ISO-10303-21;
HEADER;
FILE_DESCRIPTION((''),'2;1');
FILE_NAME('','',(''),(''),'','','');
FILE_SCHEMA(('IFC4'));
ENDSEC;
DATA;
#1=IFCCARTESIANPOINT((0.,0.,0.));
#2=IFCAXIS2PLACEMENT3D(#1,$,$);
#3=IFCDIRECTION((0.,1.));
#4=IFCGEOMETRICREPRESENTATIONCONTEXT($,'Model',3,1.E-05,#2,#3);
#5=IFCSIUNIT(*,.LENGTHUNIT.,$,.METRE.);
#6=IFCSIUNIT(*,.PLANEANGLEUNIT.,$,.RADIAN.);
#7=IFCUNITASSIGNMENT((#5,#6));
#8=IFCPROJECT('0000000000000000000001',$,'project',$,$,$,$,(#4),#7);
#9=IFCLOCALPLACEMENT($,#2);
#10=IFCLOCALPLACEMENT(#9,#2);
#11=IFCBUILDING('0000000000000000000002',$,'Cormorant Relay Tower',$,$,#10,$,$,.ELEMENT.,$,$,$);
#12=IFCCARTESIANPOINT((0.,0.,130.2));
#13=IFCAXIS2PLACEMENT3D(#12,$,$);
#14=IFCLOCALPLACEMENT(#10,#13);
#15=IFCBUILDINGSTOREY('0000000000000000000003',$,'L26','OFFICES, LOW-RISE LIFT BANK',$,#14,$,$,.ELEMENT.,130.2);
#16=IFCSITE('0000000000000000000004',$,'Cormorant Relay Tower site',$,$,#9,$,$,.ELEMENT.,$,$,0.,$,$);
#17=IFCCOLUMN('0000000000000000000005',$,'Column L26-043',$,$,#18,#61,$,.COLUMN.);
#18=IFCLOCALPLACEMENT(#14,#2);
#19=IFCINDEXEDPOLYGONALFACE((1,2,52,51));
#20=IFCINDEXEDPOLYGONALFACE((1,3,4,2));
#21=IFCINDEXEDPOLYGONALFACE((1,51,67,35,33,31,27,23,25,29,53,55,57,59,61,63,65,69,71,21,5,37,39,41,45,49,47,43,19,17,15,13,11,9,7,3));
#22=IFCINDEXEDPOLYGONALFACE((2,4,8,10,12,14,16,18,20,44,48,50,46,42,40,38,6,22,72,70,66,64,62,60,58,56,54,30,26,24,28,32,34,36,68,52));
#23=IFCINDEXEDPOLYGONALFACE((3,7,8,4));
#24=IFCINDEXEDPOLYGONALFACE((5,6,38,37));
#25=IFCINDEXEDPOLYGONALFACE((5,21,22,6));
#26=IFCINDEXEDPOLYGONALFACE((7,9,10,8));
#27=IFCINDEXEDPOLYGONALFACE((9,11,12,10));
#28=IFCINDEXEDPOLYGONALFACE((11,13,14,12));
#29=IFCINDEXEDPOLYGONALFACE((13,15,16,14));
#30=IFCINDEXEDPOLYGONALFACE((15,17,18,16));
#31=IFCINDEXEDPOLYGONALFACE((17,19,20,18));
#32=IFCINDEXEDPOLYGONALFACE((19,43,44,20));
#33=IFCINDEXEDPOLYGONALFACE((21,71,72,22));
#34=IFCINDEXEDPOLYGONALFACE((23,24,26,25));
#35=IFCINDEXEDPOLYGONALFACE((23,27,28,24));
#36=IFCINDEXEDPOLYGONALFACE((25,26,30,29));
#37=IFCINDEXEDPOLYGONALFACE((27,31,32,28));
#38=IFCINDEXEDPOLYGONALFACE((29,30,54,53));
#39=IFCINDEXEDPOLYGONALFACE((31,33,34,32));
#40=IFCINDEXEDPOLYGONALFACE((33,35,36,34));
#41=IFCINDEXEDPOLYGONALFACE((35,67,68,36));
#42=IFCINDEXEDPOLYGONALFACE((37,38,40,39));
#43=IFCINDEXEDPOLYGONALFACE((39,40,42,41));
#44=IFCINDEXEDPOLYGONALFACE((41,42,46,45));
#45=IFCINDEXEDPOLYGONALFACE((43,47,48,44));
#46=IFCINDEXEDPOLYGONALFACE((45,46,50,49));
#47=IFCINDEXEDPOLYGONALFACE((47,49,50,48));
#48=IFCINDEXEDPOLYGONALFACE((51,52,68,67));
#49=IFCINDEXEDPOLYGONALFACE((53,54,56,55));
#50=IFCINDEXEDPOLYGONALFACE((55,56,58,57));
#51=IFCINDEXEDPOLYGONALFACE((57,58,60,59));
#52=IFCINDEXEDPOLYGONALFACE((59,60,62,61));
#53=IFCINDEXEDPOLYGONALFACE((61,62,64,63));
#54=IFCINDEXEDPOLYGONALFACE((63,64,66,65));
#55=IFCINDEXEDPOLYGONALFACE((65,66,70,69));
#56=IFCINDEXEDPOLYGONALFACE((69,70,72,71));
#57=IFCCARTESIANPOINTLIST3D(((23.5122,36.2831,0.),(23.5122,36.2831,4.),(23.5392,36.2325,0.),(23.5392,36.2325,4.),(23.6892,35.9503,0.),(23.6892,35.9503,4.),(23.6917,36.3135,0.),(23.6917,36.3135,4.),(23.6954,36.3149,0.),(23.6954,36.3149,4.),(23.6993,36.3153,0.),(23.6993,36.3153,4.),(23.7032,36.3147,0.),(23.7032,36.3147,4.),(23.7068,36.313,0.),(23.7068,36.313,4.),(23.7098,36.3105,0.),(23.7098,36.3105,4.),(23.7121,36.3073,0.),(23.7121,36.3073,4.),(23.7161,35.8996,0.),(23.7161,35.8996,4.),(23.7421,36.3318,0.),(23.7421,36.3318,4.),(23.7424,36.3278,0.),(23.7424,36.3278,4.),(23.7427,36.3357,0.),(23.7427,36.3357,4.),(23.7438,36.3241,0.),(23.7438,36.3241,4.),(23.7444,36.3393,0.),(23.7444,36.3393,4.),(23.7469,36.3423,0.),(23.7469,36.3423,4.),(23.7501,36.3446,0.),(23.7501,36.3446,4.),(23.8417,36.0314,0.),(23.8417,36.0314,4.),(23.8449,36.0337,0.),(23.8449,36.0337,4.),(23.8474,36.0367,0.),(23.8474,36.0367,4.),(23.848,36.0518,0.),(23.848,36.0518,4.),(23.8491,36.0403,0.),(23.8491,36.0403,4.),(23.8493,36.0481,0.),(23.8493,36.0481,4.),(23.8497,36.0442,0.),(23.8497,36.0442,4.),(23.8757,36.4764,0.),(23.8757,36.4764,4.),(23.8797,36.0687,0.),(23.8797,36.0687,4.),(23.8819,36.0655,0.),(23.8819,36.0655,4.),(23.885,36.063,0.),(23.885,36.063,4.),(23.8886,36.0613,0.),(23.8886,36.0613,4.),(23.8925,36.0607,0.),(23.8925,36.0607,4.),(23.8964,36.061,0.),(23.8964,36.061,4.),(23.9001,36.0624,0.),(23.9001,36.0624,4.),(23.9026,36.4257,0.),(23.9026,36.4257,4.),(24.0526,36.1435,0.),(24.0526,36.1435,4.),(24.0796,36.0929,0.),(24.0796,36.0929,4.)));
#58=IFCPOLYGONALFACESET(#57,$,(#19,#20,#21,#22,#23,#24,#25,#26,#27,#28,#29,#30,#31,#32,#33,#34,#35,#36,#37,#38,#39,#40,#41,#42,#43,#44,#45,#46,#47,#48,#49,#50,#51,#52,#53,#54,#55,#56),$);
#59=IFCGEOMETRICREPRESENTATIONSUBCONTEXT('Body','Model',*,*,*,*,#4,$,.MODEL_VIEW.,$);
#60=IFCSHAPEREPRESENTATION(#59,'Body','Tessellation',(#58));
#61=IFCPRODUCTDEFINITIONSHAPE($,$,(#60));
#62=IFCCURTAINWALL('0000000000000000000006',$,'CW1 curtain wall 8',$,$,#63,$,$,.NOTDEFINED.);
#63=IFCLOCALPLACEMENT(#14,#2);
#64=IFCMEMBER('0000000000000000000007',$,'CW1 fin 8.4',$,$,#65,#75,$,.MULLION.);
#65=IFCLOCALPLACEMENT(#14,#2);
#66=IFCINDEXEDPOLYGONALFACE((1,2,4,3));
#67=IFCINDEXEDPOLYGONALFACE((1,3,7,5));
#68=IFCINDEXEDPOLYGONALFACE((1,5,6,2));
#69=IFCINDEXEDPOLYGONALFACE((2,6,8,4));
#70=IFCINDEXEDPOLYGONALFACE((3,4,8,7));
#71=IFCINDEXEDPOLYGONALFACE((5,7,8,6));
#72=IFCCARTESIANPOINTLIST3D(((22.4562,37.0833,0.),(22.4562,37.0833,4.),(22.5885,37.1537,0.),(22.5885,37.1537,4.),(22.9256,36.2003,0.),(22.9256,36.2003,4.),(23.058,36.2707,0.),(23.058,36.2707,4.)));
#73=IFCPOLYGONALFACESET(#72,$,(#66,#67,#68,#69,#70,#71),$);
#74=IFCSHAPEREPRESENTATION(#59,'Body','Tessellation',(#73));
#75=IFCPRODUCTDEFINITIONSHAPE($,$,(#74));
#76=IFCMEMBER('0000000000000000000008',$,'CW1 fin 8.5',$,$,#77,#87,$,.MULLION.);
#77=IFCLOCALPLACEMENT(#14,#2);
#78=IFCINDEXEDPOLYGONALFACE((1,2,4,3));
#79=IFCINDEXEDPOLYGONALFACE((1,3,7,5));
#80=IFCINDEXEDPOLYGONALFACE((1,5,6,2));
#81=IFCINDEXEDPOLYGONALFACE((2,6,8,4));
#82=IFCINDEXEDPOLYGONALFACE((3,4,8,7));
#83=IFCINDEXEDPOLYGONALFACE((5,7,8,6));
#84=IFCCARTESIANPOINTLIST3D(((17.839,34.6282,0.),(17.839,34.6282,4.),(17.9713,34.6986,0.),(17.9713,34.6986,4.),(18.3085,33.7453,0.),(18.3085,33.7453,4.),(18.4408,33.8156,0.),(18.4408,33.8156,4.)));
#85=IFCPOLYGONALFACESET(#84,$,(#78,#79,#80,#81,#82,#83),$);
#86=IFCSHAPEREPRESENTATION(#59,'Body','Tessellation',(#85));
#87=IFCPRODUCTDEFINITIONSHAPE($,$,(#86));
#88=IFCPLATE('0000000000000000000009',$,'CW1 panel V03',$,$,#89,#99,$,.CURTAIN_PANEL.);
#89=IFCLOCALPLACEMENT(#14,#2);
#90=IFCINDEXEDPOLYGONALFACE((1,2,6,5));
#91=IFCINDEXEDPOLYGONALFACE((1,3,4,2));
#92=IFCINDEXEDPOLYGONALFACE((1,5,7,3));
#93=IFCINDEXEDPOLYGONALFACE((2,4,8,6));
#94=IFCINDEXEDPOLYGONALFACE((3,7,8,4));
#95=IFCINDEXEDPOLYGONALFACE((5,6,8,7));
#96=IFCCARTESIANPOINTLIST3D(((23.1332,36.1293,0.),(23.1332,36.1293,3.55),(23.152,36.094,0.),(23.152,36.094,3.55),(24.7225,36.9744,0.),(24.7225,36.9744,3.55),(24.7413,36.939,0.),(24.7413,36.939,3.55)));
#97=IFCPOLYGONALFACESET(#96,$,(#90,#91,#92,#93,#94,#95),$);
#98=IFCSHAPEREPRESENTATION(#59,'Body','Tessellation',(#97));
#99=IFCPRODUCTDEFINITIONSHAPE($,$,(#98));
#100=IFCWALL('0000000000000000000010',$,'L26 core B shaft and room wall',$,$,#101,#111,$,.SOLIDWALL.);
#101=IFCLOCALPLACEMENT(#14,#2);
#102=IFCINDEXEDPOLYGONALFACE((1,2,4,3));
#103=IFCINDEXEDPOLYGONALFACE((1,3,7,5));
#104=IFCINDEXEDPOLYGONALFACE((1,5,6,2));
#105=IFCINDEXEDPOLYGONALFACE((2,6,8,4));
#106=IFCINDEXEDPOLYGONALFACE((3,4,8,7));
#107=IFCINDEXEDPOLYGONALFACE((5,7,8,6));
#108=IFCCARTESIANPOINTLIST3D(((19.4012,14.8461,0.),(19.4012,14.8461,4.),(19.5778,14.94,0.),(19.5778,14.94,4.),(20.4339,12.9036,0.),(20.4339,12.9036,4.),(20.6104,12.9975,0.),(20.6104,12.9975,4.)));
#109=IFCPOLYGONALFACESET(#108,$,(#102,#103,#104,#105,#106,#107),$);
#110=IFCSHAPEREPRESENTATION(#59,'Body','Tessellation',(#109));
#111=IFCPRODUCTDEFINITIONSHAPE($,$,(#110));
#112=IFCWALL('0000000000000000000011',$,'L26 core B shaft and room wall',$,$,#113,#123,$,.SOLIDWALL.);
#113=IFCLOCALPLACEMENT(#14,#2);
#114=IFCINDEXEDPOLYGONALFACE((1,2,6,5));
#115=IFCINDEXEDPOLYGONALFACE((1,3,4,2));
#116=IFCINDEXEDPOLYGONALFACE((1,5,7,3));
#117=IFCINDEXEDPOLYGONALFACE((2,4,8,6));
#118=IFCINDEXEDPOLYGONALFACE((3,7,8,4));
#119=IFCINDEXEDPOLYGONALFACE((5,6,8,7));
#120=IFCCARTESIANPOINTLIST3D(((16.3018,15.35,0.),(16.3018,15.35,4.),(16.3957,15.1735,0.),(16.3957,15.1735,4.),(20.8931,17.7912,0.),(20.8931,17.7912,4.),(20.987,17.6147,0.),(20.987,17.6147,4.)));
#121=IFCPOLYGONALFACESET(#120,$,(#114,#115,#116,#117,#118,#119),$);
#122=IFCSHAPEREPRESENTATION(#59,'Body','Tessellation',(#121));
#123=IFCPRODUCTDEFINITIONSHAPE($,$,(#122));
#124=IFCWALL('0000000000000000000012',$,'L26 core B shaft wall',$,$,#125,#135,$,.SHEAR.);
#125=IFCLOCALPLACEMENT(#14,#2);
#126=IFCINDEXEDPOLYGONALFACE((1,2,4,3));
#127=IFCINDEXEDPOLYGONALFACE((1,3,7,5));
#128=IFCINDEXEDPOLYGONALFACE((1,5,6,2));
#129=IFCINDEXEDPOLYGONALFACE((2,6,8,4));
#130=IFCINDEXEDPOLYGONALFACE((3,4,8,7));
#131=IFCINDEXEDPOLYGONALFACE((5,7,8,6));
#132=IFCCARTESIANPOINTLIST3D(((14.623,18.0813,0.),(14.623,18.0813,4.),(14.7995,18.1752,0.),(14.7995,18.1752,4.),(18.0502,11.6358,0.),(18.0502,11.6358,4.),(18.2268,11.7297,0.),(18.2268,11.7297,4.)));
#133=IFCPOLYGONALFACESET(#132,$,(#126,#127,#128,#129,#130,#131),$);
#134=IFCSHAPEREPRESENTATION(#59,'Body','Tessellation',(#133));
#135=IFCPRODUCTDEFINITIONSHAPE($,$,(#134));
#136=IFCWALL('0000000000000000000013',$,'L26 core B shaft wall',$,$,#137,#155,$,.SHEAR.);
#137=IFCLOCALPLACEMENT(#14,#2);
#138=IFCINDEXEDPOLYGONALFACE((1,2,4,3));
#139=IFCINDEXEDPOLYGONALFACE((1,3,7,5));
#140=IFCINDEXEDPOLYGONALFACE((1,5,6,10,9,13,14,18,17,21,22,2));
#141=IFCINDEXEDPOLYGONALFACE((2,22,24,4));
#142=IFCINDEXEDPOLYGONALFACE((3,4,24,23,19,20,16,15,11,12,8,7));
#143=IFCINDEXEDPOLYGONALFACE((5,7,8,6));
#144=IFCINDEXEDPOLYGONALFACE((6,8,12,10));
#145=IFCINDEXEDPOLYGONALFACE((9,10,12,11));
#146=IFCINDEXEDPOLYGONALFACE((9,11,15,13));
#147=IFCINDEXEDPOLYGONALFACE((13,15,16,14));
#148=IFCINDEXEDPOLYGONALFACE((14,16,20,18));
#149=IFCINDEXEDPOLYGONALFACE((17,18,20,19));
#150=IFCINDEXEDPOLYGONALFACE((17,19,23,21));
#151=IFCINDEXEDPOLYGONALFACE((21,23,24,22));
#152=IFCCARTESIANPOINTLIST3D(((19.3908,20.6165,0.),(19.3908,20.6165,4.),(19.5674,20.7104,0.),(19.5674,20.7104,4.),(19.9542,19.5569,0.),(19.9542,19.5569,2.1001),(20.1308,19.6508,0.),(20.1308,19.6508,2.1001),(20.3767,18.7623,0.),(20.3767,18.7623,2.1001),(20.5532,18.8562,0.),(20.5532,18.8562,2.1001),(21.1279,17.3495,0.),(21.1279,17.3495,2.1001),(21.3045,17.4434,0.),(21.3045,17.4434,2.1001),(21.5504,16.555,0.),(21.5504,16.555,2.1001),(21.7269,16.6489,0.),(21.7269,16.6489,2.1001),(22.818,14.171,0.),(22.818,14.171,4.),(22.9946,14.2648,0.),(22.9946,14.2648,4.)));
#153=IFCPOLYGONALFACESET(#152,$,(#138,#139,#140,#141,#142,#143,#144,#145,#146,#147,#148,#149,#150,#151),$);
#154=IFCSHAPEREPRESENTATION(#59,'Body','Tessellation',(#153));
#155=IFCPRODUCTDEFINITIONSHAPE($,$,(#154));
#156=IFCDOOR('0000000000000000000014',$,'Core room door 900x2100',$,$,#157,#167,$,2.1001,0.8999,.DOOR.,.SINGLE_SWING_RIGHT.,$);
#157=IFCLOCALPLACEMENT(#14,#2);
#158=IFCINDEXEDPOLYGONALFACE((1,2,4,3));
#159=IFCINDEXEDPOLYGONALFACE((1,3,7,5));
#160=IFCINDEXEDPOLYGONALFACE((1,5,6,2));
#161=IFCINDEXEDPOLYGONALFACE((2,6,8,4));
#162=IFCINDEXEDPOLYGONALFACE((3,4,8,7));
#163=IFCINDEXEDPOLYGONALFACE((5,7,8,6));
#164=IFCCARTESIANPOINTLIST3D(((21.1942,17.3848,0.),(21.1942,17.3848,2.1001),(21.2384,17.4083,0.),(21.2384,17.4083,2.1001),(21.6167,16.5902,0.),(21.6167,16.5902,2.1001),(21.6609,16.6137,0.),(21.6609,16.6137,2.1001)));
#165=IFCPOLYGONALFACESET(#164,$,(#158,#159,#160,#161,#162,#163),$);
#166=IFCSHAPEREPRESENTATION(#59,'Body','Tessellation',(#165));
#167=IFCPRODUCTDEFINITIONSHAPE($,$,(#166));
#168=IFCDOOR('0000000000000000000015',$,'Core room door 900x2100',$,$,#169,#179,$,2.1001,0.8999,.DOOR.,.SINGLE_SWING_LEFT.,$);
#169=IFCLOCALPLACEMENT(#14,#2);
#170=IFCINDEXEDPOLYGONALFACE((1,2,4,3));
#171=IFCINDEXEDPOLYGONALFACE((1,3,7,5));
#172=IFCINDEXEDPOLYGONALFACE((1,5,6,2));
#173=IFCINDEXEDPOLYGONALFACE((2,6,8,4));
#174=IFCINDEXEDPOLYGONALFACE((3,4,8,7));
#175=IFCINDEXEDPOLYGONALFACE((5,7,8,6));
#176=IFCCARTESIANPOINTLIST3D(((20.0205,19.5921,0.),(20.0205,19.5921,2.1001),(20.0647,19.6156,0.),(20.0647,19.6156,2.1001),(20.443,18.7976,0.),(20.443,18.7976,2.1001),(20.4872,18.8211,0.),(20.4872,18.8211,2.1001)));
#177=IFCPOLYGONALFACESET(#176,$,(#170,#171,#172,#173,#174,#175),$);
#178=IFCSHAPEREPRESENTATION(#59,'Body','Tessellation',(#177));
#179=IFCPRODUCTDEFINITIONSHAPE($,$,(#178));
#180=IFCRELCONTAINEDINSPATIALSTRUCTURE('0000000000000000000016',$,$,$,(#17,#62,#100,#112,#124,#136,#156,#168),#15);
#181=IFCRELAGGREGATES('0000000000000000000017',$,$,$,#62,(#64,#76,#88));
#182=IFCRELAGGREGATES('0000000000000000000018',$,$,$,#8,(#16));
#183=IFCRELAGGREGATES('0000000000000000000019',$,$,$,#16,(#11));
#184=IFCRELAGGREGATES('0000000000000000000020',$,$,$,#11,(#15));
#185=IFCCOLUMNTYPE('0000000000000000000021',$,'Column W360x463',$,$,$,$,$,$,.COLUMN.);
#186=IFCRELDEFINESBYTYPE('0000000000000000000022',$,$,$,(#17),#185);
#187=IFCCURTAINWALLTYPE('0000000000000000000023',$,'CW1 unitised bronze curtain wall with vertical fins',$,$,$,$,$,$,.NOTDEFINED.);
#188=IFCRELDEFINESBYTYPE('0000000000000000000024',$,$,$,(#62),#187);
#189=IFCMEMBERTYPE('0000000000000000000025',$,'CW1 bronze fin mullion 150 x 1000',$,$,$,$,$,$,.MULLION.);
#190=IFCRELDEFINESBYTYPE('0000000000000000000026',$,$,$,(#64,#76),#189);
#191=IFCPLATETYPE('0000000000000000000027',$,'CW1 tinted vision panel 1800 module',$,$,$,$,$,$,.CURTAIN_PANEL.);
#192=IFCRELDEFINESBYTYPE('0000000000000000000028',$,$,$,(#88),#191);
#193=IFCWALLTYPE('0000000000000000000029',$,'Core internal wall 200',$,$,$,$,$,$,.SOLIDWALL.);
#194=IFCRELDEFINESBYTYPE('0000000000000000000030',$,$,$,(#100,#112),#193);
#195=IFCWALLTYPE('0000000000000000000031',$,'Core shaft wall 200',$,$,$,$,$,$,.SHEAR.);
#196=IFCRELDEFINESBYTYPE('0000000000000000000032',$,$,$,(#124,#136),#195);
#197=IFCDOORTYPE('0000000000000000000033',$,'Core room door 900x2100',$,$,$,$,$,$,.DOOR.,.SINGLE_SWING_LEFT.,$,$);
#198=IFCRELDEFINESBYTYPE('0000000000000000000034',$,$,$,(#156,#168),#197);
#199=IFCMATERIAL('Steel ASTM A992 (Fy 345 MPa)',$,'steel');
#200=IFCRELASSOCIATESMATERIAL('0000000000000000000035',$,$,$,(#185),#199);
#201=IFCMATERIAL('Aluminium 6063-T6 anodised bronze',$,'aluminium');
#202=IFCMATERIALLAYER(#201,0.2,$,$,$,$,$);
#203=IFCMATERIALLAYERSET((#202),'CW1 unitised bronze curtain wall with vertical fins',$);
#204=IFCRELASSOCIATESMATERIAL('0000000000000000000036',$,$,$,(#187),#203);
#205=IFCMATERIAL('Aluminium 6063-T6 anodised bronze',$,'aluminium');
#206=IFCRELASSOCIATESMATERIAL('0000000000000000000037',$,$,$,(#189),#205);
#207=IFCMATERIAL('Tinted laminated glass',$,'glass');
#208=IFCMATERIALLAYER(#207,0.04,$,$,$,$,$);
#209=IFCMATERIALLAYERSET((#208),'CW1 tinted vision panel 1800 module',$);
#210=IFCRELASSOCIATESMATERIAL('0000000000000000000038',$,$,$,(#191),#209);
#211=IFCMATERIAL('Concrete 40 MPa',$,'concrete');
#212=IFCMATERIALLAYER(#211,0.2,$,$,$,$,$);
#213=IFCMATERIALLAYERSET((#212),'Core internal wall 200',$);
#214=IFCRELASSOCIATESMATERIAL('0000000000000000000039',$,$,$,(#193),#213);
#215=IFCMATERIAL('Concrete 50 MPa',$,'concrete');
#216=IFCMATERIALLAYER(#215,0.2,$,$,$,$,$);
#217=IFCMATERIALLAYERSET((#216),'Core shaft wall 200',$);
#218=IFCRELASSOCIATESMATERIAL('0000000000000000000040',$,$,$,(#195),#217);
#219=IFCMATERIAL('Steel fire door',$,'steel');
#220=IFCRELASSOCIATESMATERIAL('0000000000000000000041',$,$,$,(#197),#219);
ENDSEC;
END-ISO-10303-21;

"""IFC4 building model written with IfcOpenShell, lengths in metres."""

from ifc_helpers import new_model, si_unit, direction, frame, frame_2d, origin, origin_2d, place, context, subcontext, project, spatial, rectangle, i_section, extrude, material, layer, layer_set, material_profile, profile_set, type_object, element, fill, aggregate, save


model = new_model("IFC4")

# Units and contexts
model_context = context("Model", 3, precision=1e-05, world=origin(), true_north=direction((0.0, 1.0)))
body_context = subcontext(model_context, "Body", "Model", "MODEL_VIEW")
ifc_project = project(units=[si_unit("LENGTHUNIT", "METRE"), si_unit("PLANEANGLEUNIT", "RADIAN")], contexts=[model_context])

# Site, building, storey
site_placement = place(None, origin())
site = spatial("IfcSite", under=ifc_project, at=site_placement, Name="Cormorant Relay Tower site", CompositionType="ELEMENT", RefElevation=0.0)
building_placement = place(site_placement, origin())
building = spatial("IfcBuilding", under=site, at=building_placement, Name="Cormorant Relay Tower", CompositionType="ELEMENT")
storey_placement = place(building_placement, frame((0.0, 0.0, 130.2)))
storey = spatial("IfcBuildingStorey", under=building, at=storey_placement, Name="L26", Description="OFFICES, LOW-RISE LIFT BANK", CompositionType="ELEMENT", Elevation=130.2)

# Column
ifc_material_1 = material(Name="Steel ASTM A992 (Fy 345 MPa)", Category="steel")
ifc_material_profile_1 = material_profile(ifc_material_1, i_section(OverallWidth=0.4116, OverallDepth=0.4343, WebThickness=0.0359, FlangeThickness=0.0574, FilletRadius=0.0151, at=origin_2d()), Name="W360x463")
ifc_profile_set_1 = profile_set([ifc_material_profile_1], Name="Steel ASTM A992 (Fy 345 MPa)")
column_type = type_object("IfcColumnType", Name="Column W360x463", PredefinedType="COLUMN", material=ifc_profile_set_1)
column_placement = place(storey_placement, frame((23.7959, 36.188, 0.0), z_axis=(0.0, 0.0, 1.0), x_axis=(-0.882948, -0.469472, 0.0)))
element("IfcColumn", 1, at=column_placement, inside=storey, type_object=column_type, Name="Column L26-043", PredefinedType="COLUMN", context=body_context, shape_type="SweptSolid", body=[
    extrude(i_section(OverallWidth=0.4116, OverallDepth=0.4343, WebThickness=0.0359, FlangeThickness=0.0574, FilletRadius=0.0151, at=origin_2d()), origin(), (0.0, 0.0, 1.0), 4.0),
])

# Curtain wall, members, plate
ifc_material_2 = material(Name="Aluminium 6063-T6 anodised bronze", Category="aluminium")
ifc_layer_1 = layer(ifc_material_2, 0.2)
ifc_layer_set_1 = layer_set([ifc_layer_1], Name="CW1 unitised bronze curtain wall with vertical fins")
curtain_wall_type = type_object("IfcCurtainWallType", Name="CW1 unitised bronze curtain wall with vertical fins", PredefinedType="NOTDEFINED", material=ifc_layer_set_1)
curtain_wall_placement = place(storey_placement, origin())
curtain_wall = element("IfcCurtainWall", 2, at=curtain_wall_placement, inside=storey, type_object=curtain_wall_type, Name="CW1 curtain wall 8", PredefinedType="NOTDEFINED")
ifc_material_3 = material(Name="Aluminium 6063-T6 anodised bronze", Category="aluminium")
ifc_material_profile_2 = material_profile(ifc_material_3, rectangle(XDim=0.1499, YDim=1.0, at=origin_2d()), Name="AL 150x1000")
ifc_profile_set_2 = profile_set([ifc_material_profile_2], Name="Aluminium 6063-T6 anodised bronze")
member_type = type_object("IfcMemberType", Name="CW1 bronze fin mullion 150 x 1000", PredefinedType="MULLION", material=ifc_profile_set_2)
member_1_placement = place(storey_placement, frame((22.7571, 36.677, 0.0), z_axis=(0.0, 0.0, 1.0), x_axis=(-0.882948, -0.469472, 0.0)))
member_1 = element("IfcMember", 3, at=member_1_placement, type_object=member_type, Name="CW1 fin 8.4", PredefinedType="MULLION", context=body_context, shape_type="SweptSolid", body=[
    extrude(rectangle(XDim=0.1499, YDim=1.0, at=origin_2d()), origin(), (0.0, 0.0, 1.0), 4.0),
])
member_2_placement = place(storey_placement, frame((18.1399, 34.2219, 0.0), z_axis=(0.0, 0.0, 1.0), x_axis=(-0.882948, -0.469472, 0.0)))
member_2 = element("IfcMember", 4, at=member_2_placement, type_object=member_type, Name="CW1 fin 8.5", PredefinedType="MULLION", context=body_context, shape_type="SweptSolid", body=[
    extrude(rectangle(XDim=0.1499, YDim=1.0, at=origin_2d()), origin(), (0.0, 0.0, 1.0), 4.0),
])
ifc_material_4 = material(Name="Tinted laminated glass", Category="glass")
ifc_layer_2 = layer(ifc_material_4, 0.04)
ifc_layer_set_2 = layer_set([ifc_layer_2], Name="CW1 tinted vision panel 1800 module")
plate_type = type_object("IfcPlateType", Name="CW1 tinted vision panel 1800 module", PredefinedType="CURTAIN_PANEL", material=ifc_layer_set_2)
plate_placement = place(storey_placement, frame((23.9373, 36.5342, 0.0), z_axis=(0.0, 0.0, 1.0), x_axis=(-0.882948, -0.469472, 0.0)))
plate = element("IfcPlate", 5, at=plate_placement, type_object=plate_type, Name="CW1 panel V03", PredefinedType="CURTAIN_PANEL", context=body_context, shape_type="SweptSolid", body=[
    extrude(rectangle(XDim=1.8, YDim=0.04, at=origin_2d()), origin(), (0.0, 0.0, 1.0), 3.55),
])

# Walls
ifc_material_5 = material(Name="Concrete 40 MPa", Category="concrete")
ifc_layer_3 = layer(ifc_material_5, 0.2)
ifc_layer_set_3 = layer_set([ifc_layer_3], Name="Core internal wall 200")
wall_type_1 = type_object("IfcWallType", Name="Core internal wall 200", PredefinedType="SOLIDWALL", material=ifc_layer_set_3)
wall_1_placement = place(storey_placement, frame((20.5222, 12.9504, 0.0), z_axis=(0.0, 0.0, 1.0), x_axis=(-0.469401, 0.882985, 0.0)))
element("IfcWall", 6, at=wall_1_placement, inside=storey, type_object=wall_type_1, Name="L26 core B shaft and room wall", PredefinedType="SOLIDWALL", context=body_context, shape_type="SweptSolid", body=[
    extrude(rectangle(XDim=2.2, YDim=0.2, at=frame_2d((1.1001, 0.0))), origin(), (0.0, 0.0, 1.0), 4.0),
])
wall_2_placement = place(storey_placement, frame((16.3486, 15.2617, 0.0), z_axis=(0.0, 0.0, 1.0), x_axis=(0.882954, 0.46946, 0.0)))
element("IfcWall", 7, at=wall_2_placement, inside=storey, type_object=wall_type_1, Name="L26 core B shaft and room wall", PredefinedType="SOLIDWALL", context=body_context, shape_type="SweptSolid", body=[
    extrude(rectangle(XDim=5.2, YDim=0.2, at=frame_2d((2.6001, 0.0))), origin(), (0.0, 0.0, 1.0), 4.0),
])
ifc_material_6 = material(Name="Concrete 50 MPa", Category="concrete")
ifc_layer_4 = layer(ifc_material_6, 0.2)
ifc_layer_set_4 = layer_set([ifc_layer_4], Name="Core shaft wall 200")
wall_type_2 = type_object("IfcWallType", Name="Core shaft wall 200", PredefinedType="SHEAR", material=ifc_layer_set_4)
wall_3_placement = place(storey_placement, frame((18.1384, 11.6829, 0.0), z_axis=(0.0, 0.0, 1.0), x_axis=(-0.46948, 0.882943, 0.0)))
element("IfcWall", 8, at=wall_3_placement, inside=storey, type_object=wall_type_2, Name="L26 core B shaft wall", PredefinedType="SHEAR", context=body_context, shape_type="SweptSolid", body=[
    extrude(rectangle(XDim=7.3, YDim=0.2, at=frame_2d((3.6499, 0.0))), origin(), (0.0, 0.0, 1.0), 4.0),
])

# Wall, openings, doors
wall_4_placement = place(storey_placement, frame((22.9062, 14.218, 0.0), z_axis=(0.0, 0.0, 1.0), x_axis=(-0.46948, 0.882943, 0.0)))
wall_4 = element("IfcWall", 9, at=wall_4_placement, inside=storey, type_object=wall_type_2, Name="L26 core B shaft wall", PredefinedType="SHEAR", context=body_context, shape_type="SweptSolid", body=[
    extrude(rectangle(XDim=7.3, YDim=0.2, at=frame_2d((3.6499, 0.0))), origin(), (0.0, 0.0, 1.0), 4.0),
])
opening_1_placement = place(wall_4_placement, frame((2.7, 0.0, 0.0)))
opening_1 = element("IfcOpeningElement", 10, at=opening_1_placement, cuts=wall_4, PredefinedType="OPENING", context=body_context, shape_type="SweptSolid", body=[
    extrude(rectangle(XDim=0.8999, YDim=2.1001, at=frame_2d((0.45, 1.05))), frame((0.0, 0.1099, 0.0), z_axis=(0.0, -1.0, 0.0), x_axis=(1.0, 0.0, 0.0)), (0.0, 0.0, 1.0), 0.22),
])
opening_2_placement = place(wall_4_placement, frame((5.2, 0.0, 0.0)))
opening_2 = element("IfcOpeningElement", 11, at=opening_2_placement, cuts=wall_4, PredefinedType="OPENING", context=body_context, shape_type="SweptSolid", body=[
    extrude(rectangle(XDim=0.8999, YDim=2.1001, at=frame_2d((0.45, 1.05))), frame((0.0, 0.1099, 0.0), z_axis=(0.0, -1.0, 0.0), x_axis=(1.0, 0.0, 0.0)), (0.0, 0.0, 1.0), 0.22),
])
ifc_material_7 = material(Name="Steel fire door", Category="steel")
door_type_1 = type_object("IfcDoorType", Name="Core room door 900x2100", OperationType="SINGLE_SWING_LEFT", PredefinedType="DOOR", material=ifc_material_7)
door_1_placement = place(opening_1_placement, origin())
door_1 = element("IfcDoor", 12, at=door_1_placement, inside=storey, type_object=door_type_1, Name="Core room door 900x2100", OperationType="SINGLE_SWING_RIGHT", OverallHeight=2.1001, OverallWidth=0.8999, PredefinedType="DOOR", context=body_context, shape_type="SweptSolid", body=[
    extrude(rectangle(XDim=0.8999, YDim=2.1001, at=frame_2d((0.45, 1.05))), frame((0.0, 0.0249, 0.0), z_axis=(0.0, -1.0, 0.0), x_axis=(1.0, 0.0, 0.0)), (0.0, 0.0, 1.0), 0.05),
])
fill(opening_1, door_1)
door_2_placement = place(opening_2_placement, origin())
door_2 = element("IfcDoor", 13, at=door_2_placement, inside=storey, type_object=door_type_1, Name="Core room door 900x2100", OperationType="SINGLE_SWING_LEFT", OverallHeight=2.1001, OverallWidth=0.8999, PredefinedType="DOOR", context=body_context, shape_type="SweptSolid", body=[
    extrude(rectangle(XDim=0.8999, YDim=2.1001, at=frame_2d((0.45, 1.05))), frame((0.0, 0.0249, 0.0), z_axis=(0.0, -1.0, 0.0), x_axis=(1.0, 0.0, 0.0)), (0.0, 0.0, 1.0), 0.05),
])
fill(opening_2, door_2)

aggregate(curtain_wall, [member_1, member_2, plate])

save(model, "model.ifc")
